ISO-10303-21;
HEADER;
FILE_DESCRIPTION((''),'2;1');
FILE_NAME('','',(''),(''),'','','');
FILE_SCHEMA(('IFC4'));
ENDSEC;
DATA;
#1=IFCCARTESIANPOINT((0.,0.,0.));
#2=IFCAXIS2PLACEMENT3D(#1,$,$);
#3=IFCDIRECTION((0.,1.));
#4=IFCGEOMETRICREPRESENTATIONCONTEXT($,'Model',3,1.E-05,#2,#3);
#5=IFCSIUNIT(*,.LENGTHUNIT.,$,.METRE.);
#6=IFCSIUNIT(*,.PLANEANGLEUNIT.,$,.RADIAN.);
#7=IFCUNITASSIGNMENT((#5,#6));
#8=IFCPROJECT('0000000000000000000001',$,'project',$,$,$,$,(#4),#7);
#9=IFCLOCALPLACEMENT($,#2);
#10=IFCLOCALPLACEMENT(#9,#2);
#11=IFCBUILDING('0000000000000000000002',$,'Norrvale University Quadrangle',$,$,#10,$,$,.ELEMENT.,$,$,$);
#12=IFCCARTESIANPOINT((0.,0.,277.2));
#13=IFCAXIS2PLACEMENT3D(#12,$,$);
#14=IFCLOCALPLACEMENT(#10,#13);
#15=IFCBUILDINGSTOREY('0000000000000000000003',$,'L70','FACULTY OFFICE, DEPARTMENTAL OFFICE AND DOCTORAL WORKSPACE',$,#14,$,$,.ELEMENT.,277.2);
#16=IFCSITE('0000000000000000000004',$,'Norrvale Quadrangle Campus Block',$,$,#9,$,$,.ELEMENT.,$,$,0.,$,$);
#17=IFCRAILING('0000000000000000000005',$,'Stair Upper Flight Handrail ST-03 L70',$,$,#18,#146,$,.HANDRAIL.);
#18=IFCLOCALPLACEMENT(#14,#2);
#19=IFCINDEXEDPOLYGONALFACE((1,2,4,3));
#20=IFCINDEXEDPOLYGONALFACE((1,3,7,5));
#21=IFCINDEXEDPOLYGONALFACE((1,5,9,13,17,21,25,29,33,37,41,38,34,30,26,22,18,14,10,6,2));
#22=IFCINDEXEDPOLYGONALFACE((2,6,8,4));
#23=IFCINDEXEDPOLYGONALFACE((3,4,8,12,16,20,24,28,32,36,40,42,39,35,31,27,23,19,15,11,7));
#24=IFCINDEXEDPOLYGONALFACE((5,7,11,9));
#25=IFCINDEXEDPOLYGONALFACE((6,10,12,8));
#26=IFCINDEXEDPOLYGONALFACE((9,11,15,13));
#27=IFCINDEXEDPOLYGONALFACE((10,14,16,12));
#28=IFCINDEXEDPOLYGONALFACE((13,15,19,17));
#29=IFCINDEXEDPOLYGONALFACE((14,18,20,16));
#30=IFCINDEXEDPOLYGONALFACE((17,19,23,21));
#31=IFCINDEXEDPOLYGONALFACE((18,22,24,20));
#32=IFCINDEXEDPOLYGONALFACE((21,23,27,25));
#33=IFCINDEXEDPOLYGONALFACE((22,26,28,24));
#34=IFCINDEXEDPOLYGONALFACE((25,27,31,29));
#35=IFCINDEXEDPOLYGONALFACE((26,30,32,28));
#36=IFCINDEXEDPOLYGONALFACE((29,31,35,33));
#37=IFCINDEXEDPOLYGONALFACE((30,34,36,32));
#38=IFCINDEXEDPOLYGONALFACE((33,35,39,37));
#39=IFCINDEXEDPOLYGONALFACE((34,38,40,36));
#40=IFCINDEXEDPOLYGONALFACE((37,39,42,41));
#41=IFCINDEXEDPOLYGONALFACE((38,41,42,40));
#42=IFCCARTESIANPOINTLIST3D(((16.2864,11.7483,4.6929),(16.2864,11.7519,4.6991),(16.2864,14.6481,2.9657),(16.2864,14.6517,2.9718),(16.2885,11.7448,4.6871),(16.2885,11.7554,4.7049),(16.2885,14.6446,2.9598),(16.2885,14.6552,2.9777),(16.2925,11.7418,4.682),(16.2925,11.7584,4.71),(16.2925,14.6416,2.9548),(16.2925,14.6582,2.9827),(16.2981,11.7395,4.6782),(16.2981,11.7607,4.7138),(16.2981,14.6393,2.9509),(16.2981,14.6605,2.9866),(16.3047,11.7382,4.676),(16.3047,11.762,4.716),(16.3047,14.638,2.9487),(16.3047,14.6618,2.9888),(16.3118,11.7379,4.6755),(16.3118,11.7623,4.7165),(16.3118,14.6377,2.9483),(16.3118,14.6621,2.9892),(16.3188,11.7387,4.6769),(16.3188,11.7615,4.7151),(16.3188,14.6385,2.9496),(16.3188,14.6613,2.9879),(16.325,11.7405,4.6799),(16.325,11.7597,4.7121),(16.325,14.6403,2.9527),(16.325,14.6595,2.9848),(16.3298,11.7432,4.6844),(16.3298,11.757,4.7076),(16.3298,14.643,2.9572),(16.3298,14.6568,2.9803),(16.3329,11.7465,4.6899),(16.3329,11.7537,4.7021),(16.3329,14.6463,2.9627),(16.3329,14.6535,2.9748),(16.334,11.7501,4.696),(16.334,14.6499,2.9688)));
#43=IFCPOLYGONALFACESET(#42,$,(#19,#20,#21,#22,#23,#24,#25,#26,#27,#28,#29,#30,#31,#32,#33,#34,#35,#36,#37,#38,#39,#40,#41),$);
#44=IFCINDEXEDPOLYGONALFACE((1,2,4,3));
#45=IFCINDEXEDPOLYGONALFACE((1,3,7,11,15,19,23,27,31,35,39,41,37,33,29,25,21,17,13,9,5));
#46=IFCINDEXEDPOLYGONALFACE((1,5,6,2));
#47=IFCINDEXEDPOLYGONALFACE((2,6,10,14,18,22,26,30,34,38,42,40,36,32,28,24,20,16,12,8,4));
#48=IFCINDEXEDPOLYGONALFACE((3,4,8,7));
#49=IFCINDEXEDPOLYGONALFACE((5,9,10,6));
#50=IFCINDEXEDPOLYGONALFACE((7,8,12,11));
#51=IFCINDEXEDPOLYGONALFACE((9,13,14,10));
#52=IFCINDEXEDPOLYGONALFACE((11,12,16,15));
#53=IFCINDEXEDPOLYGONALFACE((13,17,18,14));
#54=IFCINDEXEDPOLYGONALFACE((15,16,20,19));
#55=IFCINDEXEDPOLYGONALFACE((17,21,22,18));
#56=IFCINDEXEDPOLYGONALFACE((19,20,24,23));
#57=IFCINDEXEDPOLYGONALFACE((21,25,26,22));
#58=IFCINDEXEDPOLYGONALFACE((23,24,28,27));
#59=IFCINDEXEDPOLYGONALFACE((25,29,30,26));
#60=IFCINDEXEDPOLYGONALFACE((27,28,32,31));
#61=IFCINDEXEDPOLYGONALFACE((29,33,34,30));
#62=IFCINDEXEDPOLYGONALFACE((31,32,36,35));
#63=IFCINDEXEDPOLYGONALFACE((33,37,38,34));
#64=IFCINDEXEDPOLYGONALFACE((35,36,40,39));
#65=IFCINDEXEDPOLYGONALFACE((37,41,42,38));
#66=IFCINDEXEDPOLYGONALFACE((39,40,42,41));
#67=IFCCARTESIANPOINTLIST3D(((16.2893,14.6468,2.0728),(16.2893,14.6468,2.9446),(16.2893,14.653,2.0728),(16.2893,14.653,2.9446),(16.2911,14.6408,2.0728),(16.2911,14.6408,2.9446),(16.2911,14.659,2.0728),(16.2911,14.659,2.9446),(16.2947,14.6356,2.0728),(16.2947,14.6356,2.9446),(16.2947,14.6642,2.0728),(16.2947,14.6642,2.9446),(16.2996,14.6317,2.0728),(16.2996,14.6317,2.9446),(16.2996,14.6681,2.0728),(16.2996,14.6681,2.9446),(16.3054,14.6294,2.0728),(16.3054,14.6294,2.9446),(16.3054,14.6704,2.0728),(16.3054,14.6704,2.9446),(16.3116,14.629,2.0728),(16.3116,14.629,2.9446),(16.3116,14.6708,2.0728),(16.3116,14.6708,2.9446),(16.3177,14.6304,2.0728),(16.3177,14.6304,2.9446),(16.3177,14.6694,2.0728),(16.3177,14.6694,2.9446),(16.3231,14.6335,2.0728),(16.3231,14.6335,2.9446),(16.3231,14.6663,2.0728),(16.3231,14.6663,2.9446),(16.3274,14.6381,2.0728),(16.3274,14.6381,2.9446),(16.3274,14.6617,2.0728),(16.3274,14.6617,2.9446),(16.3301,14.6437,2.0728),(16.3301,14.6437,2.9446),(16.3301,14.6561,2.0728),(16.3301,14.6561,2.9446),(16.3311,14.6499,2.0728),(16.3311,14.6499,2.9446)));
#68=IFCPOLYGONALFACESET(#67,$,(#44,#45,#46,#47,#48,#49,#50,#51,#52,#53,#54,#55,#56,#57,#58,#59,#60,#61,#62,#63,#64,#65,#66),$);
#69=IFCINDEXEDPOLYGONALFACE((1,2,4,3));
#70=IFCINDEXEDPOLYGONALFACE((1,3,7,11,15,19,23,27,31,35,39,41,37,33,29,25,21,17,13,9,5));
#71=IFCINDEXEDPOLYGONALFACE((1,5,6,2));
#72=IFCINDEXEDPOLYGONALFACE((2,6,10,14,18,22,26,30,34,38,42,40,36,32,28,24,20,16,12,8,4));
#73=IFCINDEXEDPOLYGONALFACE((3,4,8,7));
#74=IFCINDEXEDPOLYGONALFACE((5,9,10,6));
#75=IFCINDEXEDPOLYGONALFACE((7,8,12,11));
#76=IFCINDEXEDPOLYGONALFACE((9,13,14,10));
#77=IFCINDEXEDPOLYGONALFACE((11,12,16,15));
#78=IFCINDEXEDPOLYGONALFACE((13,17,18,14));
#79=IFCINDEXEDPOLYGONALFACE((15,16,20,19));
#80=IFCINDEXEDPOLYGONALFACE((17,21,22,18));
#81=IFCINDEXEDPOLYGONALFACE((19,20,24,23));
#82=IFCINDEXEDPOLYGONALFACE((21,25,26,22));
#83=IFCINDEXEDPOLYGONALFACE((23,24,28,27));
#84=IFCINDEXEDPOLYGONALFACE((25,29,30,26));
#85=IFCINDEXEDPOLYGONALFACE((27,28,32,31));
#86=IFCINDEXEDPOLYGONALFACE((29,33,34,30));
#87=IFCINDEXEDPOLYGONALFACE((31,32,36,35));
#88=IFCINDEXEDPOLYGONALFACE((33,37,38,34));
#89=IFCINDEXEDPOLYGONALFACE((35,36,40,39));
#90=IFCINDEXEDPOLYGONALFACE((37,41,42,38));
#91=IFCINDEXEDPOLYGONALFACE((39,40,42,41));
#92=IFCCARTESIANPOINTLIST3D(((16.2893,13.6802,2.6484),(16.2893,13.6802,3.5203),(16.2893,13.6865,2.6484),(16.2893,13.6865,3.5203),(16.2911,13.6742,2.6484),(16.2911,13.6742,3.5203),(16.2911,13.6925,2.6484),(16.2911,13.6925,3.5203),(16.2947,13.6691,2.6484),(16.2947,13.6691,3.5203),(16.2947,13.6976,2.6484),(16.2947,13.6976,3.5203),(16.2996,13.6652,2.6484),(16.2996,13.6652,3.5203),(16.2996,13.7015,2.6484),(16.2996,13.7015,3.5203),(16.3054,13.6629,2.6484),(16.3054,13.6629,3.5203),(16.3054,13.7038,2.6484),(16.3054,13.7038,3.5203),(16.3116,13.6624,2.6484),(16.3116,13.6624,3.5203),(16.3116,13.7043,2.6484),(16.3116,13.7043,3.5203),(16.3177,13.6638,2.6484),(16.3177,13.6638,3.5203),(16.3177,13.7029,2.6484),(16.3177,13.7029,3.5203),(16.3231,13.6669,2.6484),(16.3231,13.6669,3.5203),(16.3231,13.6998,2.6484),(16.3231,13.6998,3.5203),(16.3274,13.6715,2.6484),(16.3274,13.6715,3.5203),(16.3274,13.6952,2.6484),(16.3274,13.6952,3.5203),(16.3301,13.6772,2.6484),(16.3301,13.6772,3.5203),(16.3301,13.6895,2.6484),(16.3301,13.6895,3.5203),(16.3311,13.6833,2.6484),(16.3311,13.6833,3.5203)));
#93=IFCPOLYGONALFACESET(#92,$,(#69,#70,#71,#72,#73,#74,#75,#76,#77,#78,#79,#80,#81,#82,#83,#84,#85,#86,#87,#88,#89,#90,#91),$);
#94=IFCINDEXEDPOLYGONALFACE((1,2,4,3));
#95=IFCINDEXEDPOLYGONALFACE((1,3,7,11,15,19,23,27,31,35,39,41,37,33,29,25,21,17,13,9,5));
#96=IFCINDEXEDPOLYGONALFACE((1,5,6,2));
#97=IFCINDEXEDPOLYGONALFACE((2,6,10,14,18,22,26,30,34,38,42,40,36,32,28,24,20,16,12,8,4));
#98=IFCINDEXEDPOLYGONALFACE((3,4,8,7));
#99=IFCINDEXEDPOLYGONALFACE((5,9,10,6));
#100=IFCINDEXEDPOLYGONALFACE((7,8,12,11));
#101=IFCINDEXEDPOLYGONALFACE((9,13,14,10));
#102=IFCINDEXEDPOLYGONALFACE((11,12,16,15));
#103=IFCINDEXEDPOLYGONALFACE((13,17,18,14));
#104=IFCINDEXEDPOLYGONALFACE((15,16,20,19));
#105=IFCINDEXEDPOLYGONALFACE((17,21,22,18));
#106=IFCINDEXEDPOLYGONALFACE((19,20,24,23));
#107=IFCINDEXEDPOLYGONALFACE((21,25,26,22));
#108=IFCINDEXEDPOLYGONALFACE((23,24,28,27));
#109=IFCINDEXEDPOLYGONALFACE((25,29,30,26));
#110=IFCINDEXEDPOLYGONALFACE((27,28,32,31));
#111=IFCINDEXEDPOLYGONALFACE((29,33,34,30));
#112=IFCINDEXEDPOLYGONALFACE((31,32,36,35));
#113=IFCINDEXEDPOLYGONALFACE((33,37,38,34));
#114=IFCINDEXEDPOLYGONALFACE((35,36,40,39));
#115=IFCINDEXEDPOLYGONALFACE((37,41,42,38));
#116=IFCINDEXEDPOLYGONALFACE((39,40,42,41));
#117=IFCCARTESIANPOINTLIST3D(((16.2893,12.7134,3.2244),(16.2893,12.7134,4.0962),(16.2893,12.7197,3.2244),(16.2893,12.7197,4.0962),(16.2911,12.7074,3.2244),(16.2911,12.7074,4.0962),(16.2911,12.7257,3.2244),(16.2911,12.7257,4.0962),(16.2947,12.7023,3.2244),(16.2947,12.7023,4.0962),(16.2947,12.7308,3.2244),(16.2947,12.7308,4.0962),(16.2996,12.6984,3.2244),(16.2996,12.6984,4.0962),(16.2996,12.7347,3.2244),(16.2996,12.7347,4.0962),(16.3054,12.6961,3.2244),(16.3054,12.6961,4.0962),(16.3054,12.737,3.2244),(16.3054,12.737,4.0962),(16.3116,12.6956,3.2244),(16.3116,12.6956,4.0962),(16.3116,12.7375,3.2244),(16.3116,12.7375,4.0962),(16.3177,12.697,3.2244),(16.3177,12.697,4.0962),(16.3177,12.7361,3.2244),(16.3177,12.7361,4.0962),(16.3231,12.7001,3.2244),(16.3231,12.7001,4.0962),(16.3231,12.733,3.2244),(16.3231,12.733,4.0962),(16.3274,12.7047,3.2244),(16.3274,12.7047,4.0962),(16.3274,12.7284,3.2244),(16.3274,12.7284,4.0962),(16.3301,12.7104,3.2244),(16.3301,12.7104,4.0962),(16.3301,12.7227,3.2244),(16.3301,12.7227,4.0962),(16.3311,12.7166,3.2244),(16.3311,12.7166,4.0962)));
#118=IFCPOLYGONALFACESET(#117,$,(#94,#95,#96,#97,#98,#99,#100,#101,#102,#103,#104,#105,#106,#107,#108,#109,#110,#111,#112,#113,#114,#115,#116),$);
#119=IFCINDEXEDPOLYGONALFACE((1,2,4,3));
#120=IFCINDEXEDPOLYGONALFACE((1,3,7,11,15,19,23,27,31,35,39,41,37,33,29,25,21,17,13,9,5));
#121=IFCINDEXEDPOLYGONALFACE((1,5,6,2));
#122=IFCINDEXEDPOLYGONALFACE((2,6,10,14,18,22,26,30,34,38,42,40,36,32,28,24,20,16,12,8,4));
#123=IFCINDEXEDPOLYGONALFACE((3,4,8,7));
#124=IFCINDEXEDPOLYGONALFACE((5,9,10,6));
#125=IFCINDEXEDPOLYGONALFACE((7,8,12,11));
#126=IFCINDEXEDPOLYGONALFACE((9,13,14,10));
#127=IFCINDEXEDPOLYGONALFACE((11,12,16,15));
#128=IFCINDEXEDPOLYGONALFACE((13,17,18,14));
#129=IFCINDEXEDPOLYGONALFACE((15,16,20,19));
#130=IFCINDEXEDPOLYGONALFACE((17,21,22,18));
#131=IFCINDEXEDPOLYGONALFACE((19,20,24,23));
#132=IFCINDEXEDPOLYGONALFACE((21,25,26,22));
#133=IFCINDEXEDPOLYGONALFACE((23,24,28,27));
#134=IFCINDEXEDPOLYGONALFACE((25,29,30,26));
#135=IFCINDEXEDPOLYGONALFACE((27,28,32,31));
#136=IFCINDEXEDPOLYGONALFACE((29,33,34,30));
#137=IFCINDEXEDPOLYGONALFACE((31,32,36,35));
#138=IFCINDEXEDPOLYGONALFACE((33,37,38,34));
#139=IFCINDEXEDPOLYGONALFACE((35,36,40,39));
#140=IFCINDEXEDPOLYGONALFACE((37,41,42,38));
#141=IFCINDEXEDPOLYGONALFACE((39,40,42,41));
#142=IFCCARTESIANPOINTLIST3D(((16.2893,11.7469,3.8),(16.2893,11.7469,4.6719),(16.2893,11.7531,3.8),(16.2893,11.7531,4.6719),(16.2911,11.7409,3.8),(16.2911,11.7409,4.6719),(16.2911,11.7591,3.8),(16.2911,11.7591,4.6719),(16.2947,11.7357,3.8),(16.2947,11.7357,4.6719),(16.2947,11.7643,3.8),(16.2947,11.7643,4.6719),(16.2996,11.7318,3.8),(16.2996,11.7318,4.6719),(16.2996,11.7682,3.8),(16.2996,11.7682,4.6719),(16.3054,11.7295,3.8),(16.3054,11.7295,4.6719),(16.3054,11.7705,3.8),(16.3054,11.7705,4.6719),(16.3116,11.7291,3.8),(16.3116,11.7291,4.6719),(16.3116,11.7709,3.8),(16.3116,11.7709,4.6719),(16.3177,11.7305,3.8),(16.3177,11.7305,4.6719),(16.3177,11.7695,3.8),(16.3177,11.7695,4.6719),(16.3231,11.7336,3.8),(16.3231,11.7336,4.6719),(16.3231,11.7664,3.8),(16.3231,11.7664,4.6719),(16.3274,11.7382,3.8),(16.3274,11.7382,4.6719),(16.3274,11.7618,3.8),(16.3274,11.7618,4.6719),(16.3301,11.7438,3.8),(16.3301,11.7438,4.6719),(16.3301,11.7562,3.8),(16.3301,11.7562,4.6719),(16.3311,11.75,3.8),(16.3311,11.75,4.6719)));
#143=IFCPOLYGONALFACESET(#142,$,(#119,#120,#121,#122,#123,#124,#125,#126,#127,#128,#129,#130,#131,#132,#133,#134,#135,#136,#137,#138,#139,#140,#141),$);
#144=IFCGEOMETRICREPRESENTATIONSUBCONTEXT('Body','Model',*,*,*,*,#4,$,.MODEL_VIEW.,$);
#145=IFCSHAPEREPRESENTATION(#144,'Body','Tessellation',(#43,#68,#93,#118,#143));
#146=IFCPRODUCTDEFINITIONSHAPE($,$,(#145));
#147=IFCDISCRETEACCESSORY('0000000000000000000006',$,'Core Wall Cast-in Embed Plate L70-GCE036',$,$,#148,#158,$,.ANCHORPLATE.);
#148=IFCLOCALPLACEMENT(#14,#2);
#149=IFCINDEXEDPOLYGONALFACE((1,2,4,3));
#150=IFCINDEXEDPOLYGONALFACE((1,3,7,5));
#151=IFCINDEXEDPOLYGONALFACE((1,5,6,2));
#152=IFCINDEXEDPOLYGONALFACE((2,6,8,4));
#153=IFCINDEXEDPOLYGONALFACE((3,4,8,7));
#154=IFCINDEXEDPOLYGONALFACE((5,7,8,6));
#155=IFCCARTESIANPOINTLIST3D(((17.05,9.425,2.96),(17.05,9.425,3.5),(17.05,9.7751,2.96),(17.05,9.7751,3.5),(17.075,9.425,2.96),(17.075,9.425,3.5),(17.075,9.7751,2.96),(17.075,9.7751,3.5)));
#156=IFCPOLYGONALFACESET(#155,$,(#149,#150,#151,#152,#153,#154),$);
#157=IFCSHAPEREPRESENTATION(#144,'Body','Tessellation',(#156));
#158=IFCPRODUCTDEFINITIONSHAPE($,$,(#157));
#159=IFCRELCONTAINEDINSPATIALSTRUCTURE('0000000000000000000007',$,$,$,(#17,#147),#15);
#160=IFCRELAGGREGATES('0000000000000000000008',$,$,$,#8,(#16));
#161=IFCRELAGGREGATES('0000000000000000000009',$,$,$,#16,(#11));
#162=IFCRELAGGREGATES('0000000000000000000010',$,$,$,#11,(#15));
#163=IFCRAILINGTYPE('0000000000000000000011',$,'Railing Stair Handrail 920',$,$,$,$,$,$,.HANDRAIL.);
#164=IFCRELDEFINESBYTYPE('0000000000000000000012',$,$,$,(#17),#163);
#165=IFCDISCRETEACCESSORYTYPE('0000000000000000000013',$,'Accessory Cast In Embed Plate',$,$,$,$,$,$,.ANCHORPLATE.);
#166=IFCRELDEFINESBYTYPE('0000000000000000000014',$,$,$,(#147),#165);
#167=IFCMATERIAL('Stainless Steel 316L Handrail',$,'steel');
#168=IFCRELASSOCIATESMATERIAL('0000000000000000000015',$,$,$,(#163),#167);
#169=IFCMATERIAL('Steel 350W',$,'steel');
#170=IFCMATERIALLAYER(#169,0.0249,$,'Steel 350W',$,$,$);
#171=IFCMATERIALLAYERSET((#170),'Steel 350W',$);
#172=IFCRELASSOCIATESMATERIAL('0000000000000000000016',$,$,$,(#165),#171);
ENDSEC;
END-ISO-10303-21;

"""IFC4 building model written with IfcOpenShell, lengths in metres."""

from ifc_helpers import new_model, si_unit, direction, frame, origin, origin_2d, place, context, subcontext, project, spatial, rectangle, circle, extrude, material, layer, layer_set, type_object, element, save


model = new_model("IFC4")

# Units and contexts
model_context = context("Model", 3, precision=1e-05, world=origin(), true_north=direction((0.0, 1.0)))
body_context = subcontext(model_context, "Body", "Model", "MODEL_VIEW")
ifc_project = project(units=[si_unit("LENGTHUNIT", "METRE"), si_unit("PLANEANGLEUNIT", "RADIAN")], contexts=[model_context])

# Site, building, storey
site_placement = place(None, origin())
site = spatial("IfcSite", under=ifc_project, at=site_placement, Name="Norrvale Quadrangle Campus Block", CompositionType="ELEMENT", RefElevation=0.0)
building_placement = place(site_placement, origin())
building = spatial("IfcBuilding", under=site, at=building_placement, Name="Norrvale University Quadrangle", CompositionType="ELEMENT")
storey_placement = place(building_placement, frame((0.0, 0.0, 277.2)))
storey = spatial("IfcBuildingStorey", under=building, at=storey_placement, Name="L70", Description="FACULTY OFFICE, DEPARTMENTAL OFFICE AND DOCTORAL WORKSPACE", CompositionType="ELEMENT", Elevation=277.2)

# Shared definitions
ifc_material_1 = material(Name="Steel 350W", Category="steel")

# Railing
ifc_material_2 = material(Name="Stainless Steel 316L Handrail", Category="steel")
railing_type_1 = type_object("IfcRailingType", Name="Railing Stair Handrail 920", PredefinedType="HANDRAIL", material=ifc_material_2)
railing_1_placement = place(storey_placement, frame((16.3101, 14.6499, 2.0728)))
element("IfcRailing", 1, at=railing_1_placement, inside=storey, type_object=railing_type_1, Name="Stair Upper Flight Handrail ST-03 L70", PredefinedType="HANDRAIL", context=body_context, shape_type="SweptSolid", body=[
    extrude(circle(Radius=0.0239, at=origin_2d()), frame((0.0, 0.0, 0.896), z_axis=(0.0, -0.859141, 0.511738), x_axis=(1.0, 0.0, 0.0)), (0.0, 0.0, 1.0), 3.3752),
    extrude(circle(Radius=0.021, at=origin_2d()), origin(), (0.0, 0.0, 1.0), 0.8718),
    extrude(circle(Radius=0.021, at=origin_2d()), frame((0.0, -0.9666, 0.5757)), (0.0, 0.0, 1.0), 0.8718),
    extrude(circle(Radius=0.021, at=origin_2d()), frame((0.0, -1.9333, 1.1516)), (0.0, 0.0, 1.0), 0.8718),
    extrude(circle(Radius=0.021, at=origin_2d()), frame((0.0, -2.8999, 1.7273)), (0.0, 0.0, 1.0), 0.8718),
])

# Discrete accessory
ifc_layer_1 = layer(ifc_material_1, 0.0249, Name="Steel 350W")
ifc_layer_set_1 = layer_set([ifc_layer_1], Name="Steel 350W")
discrete_accessory_type = type_object("IfcDiscreteAccessoryType", Name="Accessory Cast In Embed Plate", PredefinedType="ANCHORPLATE", material=ifc_layer_set_1)
discrete_accessory_placement = place(storey_placement, frame((17.0625, 9.6001, 2.96), z_axis=(0.0, 0.0, 1.0), x_axis=(1.0, 0.0, 0.0)))
element("IfcDiscreteAccessory", 2, at=discrete_accessory_placement, inside=storey, type_object=discrete_accessory_type, Name="Core Wall Cast-in Embed Plate L70-GCE036", PredefinedType="ANCHORPLATE", context=body_context, shape_type="SweptSolid", body=[
    extrude(rectangle(XDim=0.0249, YDim=0.3501, at=origin_2d()), origin(), (0.0, 0.0, 1.0), 0.54),
])

save(model, "model.ifc")
